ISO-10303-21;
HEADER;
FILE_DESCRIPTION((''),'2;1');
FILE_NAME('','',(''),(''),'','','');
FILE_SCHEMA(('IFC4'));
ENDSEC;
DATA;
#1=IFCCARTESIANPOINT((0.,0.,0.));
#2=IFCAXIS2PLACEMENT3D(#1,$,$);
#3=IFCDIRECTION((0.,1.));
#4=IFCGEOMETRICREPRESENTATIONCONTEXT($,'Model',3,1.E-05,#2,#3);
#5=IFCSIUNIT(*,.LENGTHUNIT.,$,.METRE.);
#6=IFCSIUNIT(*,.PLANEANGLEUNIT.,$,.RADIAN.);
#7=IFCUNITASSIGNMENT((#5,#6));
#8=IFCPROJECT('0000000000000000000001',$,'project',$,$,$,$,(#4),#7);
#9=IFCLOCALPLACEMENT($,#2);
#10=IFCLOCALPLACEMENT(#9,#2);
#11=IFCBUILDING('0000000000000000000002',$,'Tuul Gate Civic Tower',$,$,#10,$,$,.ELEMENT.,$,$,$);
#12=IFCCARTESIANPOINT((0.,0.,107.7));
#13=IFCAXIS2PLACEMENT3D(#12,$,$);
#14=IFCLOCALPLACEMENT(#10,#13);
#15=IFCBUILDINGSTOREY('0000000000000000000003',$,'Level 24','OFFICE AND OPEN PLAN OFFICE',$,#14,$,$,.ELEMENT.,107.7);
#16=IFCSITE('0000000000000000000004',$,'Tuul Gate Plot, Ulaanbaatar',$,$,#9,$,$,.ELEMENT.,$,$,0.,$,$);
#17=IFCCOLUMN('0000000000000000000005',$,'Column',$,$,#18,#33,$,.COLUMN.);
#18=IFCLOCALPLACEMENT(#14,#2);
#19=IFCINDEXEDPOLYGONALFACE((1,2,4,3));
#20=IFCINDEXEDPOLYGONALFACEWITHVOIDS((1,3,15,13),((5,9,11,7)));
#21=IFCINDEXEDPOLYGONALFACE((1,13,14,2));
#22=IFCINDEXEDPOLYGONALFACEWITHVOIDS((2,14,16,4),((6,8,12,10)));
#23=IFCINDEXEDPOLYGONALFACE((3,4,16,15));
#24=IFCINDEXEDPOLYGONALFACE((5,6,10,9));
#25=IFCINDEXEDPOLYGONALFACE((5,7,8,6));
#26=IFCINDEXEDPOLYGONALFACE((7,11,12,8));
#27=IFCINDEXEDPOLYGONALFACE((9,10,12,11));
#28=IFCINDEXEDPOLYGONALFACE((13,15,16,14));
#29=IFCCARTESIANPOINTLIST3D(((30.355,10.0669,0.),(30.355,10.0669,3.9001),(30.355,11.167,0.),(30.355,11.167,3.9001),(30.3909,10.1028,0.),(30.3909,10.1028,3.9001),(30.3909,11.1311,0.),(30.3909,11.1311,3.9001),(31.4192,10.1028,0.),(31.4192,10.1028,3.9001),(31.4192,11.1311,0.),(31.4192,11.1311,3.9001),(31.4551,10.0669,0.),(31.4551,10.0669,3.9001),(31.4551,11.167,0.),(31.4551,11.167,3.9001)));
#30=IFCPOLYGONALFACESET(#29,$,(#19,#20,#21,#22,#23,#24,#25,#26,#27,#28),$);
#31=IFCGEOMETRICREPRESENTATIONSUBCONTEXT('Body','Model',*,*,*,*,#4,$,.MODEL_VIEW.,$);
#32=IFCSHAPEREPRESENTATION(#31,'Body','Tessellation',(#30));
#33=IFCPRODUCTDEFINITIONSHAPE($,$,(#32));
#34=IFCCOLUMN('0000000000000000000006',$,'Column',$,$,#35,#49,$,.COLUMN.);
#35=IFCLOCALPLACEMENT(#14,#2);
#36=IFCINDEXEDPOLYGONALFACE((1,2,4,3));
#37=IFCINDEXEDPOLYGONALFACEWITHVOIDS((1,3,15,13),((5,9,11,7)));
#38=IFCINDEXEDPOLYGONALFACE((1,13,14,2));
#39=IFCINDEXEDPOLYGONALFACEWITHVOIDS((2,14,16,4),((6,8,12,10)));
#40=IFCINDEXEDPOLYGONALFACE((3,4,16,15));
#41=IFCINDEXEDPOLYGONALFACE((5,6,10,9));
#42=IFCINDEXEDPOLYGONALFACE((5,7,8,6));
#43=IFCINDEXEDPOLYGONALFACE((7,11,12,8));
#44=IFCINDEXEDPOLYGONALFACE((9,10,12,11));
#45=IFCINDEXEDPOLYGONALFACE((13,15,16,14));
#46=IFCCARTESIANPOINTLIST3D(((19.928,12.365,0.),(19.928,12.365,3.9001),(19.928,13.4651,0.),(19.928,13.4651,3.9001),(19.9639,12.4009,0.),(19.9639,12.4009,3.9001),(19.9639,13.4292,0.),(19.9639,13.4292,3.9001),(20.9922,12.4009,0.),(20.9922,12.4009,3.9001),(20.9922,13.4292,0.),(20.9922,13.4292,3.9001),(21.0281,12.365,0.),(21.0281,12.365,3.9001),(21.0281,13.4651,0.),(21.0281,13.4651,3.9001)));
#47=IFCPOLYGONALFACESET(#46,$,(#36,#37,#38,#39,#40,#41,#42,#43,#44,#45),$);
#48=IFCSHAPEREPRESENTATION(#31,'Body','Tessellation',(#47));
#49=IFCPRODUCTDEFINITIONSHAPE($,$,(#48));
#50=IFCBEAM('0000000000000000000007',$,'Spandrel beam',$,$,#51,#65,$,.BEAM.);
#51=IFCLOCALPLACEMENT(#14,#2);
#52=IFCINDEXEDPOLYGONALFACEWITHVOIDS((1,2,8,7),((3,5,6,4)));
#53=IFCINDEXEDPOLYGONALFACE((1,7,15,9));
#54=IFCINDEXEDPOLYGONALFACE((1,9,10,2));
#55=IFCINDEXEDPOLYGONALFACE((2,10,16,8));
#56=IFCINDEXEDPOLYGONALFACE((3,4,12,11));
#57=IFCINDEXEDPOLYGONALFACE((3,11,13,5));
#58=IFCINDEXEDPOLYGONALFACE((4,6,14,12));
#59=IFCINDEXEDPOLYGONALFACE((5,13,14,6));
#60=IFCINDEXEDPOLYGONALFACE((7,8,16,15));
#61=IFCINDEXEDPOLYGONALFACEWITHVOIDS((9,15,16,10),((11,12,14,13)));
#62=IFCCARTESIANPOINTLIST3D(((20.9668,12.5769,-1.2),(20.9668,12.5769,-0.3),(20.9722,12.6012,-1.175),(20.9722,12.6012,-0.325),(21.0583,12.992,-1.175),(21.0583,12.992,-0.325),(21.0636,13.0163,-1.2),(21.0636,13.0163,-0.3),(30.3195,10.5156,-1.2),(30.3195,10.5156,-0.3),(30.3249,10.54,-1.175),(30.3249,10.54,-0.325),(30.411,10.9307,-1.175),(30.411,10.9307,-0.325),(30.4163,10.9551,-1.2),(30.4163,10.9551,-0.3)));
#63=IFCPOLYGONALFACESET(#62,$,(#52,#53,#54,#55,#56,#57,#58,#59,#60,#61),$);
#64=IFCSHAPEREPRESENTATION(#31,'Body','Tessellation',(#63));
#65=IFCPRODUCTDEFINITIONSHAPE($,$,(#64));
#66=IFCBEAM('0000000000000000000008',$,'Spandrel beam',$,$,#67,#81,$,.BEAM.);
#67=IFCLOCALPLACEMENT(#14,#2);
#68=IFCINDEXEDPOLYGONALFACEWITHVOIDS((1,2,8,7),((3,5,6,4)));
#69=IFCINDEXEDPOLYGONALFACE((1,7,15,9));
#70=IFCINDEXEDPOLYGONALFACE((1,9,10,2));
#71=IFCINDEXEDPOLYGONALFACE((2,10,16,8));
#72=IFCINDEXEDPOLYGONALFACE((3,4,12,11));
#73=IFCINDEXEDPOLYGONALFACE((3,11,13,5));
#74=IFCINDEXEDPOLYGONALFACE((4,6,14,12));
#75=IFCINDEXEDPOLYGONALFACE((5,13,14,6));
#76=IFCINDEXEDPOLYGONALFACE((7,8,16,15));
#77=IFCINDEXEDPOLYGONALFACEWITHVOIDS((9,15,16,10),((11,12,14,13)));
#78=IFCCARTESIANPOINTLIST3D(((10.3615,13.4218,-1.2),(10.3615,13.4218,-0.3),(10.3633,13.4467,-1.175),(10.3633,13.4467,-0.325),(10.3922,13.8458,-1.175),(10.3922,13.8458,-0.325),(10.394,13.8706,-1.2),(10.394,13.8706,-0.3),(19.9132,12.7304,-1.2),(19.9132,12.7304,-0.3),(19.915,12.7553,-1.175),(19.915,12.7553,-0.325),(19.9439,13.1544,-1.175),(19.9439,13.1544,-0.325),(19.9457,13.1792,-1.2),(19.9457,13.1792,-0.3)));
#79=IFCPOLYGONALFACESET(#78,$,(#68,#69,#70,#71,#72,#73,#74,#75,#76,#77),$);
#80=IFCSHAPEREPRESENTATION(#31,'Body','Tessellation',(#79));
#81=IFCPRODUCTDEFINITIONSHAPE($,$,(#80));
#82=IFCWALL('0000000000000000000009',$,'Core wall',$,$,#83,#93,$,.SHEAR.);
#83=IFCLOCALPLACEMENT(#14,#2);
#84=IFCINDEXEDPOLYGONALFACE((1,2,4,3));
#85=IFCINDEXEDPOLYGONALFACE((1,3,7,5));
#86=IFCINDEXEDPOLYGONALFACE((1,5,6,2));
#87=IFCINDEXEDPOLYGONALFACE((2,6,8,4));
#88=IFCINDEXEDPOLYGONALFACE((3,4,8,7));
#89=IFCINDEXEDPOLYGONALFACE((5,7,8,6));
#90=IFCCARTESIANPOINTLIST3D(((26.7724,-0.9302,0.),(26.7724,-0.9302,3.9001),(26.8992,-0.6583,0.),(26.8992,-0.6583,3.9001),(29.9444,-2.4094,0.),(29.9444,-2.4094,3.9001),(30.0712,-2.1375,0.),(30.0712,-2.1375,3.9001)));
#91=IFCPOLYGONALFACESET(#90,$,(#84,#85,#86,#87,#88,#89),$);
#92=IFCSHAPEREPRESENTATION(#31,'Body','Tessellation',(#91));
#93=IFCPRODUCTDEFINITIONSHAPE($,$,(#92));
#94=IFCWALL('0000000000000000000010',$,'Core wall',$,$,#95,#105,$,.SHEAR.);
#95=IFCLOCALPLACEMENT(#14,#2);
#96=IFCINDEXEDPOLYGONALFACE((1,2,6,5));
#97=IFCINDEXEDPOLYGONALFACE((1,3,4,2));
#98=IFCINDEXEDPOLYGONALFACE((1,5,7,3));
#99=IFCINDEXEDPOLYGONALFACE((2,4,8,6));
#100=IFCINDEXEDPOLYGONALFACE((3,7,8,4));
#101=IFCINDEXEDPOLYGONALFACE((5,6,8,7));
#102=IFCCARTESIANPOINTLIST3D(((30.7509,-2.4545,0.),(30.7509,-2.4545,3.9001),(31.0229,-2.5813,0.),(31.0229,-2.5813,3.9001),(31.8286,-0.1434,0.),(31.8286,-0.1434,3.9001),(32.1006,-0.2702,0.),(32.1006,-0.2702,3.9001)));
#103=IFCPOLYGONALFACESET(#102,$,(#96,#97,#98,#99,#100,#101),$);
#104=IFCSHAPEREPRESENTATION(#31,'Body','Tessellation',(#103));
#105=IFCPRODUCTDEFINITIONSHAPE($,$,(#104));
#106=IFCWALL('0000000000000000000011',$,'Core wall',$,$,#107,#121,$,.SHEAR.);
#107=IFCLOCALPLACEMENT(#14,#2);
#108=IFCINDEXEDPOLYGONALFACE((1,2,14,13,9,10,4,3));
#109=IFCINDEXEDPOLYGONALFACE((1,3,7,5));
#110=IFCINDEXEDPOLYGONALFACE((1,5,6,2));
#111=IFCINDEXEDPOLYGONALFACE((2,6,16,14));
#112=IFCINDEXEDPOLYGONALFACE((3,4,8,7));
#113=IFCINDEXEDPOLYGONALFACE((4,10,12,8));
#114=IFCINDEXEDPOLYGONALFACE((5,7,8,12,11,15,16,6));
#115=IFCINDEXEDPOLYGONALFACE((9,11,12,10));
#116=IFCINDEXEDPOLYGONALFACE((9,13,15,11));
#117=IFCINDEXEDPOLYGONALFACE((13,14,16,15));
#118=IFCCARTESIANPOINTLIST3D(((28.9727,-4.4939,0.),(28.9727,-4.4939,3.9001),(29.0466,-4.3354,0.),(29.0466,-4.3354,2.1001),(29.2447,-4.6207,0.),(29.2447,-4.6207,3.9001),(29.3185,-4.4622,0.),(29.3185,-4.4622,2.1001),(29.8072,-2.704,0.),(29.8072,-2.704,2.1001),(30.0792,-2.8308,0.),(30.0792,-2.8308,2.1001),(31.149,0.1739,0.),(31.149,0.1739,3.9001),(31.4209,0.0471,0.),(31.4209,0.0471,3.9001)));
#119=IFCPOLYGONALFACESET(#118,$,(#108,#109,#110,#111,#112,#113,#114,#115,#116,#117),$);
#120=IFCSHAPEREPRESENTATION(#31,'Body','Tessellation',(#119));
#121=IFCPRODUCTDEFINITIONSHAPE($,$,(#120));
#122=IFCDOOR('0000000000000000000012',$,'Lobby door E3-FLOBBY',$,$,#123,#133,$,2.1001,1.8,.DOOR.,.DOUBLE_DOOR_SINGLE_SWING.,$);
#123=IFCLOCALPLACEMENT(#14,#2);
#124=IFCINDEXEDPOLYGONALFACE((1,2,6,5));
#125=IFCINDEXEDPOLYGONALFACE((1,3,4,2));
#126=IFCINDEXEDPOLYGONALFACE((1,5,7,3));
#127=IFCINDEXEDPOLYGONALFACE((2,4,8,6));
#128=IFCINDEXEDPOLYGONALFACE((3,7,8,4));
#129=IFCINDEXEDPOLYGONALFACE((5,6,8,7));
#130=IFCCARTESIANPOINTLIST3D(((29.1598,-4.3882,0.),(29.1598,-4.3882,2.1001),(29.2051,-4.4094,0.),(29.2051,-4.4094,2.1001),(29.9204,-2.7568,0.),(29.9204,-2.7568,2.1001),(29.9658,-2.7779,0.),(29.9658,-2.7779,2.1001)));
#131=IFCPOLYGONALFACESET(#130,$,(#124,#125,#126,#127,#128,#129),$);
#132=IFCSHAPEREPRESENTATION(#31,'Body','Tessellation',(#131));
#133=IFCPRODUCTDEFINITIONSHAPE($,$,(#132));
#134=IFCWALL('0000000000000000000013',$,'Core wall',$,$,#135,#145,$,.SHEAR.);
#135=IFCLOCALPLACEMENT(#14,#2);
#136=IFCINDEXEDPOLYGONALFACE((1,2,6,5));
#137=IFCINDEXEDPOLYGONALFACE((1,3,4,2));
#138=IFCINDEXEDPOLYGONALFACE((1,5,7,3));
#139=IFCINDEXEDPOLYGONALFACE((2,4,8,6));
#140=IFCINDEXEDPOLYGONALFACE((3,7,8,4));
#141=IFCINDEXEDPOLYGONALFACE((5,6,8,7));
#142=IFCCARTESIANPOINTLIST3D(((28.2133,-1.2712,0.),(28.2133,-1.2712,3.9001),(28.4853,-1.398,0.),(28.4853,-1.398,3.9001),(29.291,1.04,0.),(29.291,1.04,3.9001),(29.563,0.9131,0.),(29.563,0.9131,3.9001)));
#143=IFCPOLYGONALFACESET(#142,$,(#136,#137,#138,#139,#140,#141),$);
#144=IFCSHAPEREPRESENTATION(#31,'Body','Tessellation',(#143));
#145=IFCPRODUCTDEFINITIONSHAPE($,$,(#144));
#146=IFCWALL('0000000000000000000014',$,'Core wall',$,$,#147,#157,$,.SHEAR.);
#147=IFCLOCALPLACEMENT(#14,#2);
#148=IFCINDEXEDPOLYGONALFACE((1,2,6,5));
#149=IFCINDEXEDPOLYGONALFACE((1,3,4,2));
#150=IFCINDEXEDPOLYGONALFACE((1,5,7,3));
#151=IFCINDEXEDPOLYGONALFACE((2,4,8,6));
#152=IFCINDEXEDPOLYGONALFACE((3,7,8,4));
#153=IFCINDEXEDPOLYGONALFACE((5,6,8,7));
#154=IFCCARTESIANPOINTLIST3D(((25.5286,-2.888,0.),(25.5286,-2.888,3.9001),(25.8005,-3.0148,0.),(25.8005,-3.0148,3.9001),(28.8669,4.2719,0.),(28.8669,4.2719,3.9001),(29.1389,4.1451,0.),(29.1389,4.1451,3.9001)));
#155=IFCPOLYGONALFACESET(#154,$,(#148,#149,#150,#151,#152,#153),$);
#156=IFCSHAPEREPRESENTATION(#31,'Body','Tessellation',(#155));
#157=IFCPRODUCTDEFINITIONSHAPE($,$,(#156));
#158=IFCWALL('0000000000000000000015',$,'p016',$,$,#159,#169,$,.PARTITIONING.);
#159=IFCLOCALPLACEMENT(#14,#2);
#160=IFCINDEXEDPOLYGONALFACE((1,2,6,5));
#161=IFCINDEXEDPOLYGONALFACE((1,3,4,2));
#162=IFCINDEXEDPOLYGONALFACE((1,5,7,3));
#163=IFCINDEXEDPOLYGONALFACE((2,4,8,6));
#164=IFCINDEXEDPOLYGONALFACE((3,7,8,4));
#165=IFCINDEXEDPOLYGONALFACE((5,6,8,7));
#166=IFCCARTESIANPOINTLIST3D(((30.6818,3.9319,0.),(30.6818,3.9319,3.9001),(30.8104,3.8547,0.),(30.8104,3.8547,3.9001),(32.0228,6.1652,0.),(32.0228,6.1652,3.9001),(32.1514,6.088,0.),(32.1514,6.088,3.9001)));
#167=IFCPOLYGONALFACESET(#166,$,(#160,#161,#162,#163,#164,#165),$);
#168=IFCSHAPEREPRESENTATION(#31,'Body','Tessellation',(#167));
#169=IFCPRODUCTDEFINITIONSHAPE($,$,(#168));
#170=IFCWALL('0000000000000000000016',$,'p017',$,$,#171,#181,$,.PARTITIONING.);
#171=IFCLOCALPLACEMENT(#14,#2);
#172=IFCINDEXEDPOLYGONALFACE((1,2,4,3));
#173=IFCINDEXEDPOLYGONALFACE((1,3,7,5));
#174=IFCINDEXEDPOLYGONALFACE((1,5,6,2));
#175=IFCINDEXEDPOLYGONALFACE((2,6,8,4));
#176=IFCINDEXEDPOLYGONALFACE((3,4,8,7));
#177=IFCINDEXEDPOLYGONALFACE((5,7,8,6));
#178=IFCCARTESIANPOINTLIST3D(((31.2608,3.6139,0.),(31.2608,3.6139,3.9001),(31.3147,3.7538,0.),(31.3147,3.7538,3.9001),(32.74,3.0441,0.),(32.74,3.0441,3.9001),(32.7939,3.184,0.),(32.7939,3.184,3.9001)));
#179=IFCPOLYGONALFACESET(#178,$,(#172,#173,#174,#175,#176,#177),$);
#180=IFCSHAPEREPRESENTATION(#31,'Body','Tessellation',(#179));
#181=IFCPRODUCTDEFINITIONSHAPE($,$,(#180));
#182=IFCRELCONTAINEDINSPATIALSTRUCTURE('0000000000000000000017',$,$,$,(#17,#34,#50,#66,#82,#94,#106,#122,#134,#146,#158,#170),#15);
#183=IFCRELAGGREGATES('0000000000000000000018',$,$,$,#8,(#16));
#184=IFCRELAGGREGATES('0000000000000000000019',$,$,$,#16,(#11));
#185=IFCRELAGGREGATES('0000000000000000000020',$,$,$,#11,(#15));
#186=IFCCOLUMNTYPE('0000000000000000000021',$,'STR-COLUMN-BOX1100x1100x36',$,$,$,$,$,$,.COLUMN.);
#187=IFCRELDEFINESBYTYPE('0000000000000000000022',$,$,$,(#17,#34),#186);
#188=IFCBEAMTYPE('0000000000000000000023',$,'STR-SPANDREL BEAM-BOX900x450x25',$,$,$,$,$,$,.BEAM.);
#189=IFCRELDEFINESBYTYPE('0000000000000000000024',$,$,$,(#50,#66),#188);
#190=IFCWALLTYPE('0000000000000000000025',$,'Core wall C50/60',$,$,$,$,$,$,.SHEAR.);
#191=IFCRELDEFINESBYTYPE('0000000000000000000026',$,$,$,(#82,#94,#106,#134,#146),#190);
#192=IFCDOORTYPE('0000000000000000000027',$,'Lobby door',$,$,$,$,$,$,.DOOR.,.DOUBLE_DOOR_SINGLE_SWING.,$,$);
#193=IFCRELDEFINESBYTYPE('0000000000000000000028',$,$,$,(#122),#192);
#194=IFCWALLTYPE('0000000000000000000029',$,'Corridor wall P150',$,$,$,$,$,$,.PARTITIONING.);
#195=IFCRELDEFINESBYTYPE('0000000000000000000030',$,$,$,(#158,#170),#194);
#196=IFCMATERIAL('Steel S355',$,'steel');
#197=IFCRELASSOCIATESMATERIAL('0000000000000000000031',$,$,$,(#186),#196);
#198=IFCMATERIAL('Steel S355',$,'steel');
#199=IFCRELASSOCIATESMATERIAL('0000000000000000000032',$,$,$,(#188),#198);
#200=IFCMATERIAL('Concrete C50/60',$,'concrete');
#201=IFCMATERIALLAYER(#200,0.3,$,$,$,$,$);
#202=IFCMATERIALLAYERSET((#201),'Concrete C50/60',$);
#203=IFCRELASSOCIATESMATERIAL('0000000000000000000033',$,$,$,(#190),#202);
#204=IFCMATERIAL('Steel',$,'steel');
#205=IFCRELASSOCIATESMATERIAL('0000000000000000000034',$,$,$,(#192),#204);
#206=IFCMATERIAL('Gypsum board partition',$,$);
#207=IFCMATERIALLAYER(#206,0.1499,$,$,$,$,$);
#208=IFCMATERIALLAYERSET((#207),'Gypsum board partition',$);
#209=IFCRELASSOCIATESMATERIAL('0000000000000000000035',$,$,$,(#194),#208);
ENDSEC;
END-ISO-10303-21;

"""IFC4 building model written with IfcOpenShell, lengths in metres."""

from ifc_helpers import new_model, si_unit, direction, frame, frame_2d, origin, origin_2d, place, context, subcontext, project, spatial, rectangle, hollow_rectangle, extrude, material, layer, layer_set, material_profile, profile_set, type_object, element, fill, save


model = new_model("IFC4")

# Units and contexts
model_context = context("Model", 3, precision=1e-05, world=origin(), true_north=direction((0.0, 1.0)))
body_context = subcontext(model_context, "Body", "Model", "MODEL_VIEW")
ifc_project = project(units=[si_unit("LENGTHUNIT", "METRE"), si_unit("PLANEANGLEUNIT", "RADIAN")], contexts=[model_context])

# Site, building, storey
site_placement = place(None, origin())
site = spatial("IfcSite", under=ifc_project, at=site_placement, Name="Tuul Gate Plot, Ulaanbaatar", CompositionType="ELEMENT", RefElevation=0.0)
building_placement = place(site_placement, origin())
building = spatial("IfcBuilding", under=site, at=building_placement, Name="Tuul Gate Civic Tower", CompositionType="ELEMENT")
storey_placement = place(building_placement, frame((0.0, 0.0, 107.7)))
storey = spatial("IfcBuildingStorey", under=building, at=storey_placement, Name="Level 24", Description="OFFICE AND OPEN PLAN OFFICE", CompositionType="ELEMENT", Elevation=107.7)

# Columns
ifc_material_1 = material(Name="Steel S355", Category="steel")
ifc_material_profile_1 = material_profile(ifc_material_1, hollow_rectangle(XDim=1.1001, YDim=1.1001, WallThickness=0.0359, at=origin_2d()), Name="BOX1100x1100x36")
ifc_profile_set_1 = profile_set([ifc_material_profile_1], Name="Steel S355")
column_type = type_object("IfcColumnType", Name="STR-COLUMN-BOX1100x1100x36", PredefinedType="COLUMN", material=ifc_profile_set_1)
for number, where, z_axis, x_axis, name in (
    (1, (30.905, 10.6169, 0.0), (0.0, 0.0, 1.0), (1.0, 0.0, 0.0), "Column"),
    (2, (20.478, 12.915, 0.0), (0.0, 0.0, 1.0), (1.0, 0.0, 0.0), "Column"),
):
    element("IfcColumn", number, at=place(storey_placement, frame(where, z_axis=z_axis, x_axis=x_axis)), inside=storey, type_object=column_type, Name=name, PredefinedType="COLUMN", context=body_context, shape_type="SweptSolid", body=[
        extrude(hollow_rectangle(XDim=1.1001, YDim=1.1001, WallThickness=0.0359, at=origin_2d()), origin(), (0.0, 0.0, 1.0), 3.9001),
    ])

# Beams
ifc_material_2 = material(Name="Steel S355", Category="steel")
ifc_material_profile_2 = material_profile(ifc_material_2, hollow_rectangle(XDim=0.45, YDim=0.8999, WallThickness=0.0249, at=origin_2d()), Name="BOX900x450x25")
ifc_profile_set_2 = profile_set([ifc_material_profile_2], Name="Steel S355")
beam_type = type_object("IfcBeamType", Name="STR-SPANDREL BEAM-BOX900x450x25", PredefinedType="BEAM", material=ifc_profile_set_2)
beam_1_placement = place(storey_placement, frame((30.3679, 10.7354, -0.75), z_axis=(-0.976564, 0.215227, 0.0), x_axis=(-0.215227, -0.976564, 0.0)))
element("IfcBeam", 3, at=beam_1_placement, inside=storey, type_object=beam_type, Name="Spandrel beam", PredefinedType="BEAM", context=body_context, shape_type="SweptSolid", body=[
    extrude(hollow_rectangle(XDim=0.45, YDim=0.8999, WallThickness=0.0249, at=origin_2d()), origin(), (0.0, 0.0, 1.0), 9.5771),
])
beam_2_placement = place(storey_placement, frame((19.9294, 12.9548, -0.75), z_axis=(-0.99739, 0.072196, 0.0), x_axis=(-0.072196, -0.99739, 0.0)))
element("IfcBeam", 4, at=beam_2_placement, inside=storey, type_object=beam_type, Name="Spandrel beam", PredefinedType="BEAM", context=body_context, shape_type="SweptSolid", body=[
    extrude(hollow_rectangle(XDim=0.45, YDim=0.8999, WallThickness=0.0249, at=origin_2d()), origin(), (0.0, 0.0, 1.0), 9.5767),
])

# Walls
ifc_material_3 = material(Name="Concrete C50/60", Category="concrete")
ifc_layer_1 = layer(ifc_material_3, 0.3)
ifc_layer_set_1 = layer_set([ifc_layer_1], Name="Concrete C50/60")
wall_type_1 = type_object("IfcWallType", Name="Core wall C50/60", PredefinedType="SHEAR", material=ifc_layer_set_1)
wall_1_placement = place(storey_placement, frame((30.0078, -2.2734, 0.0), z_axis=(0.0, 0.0, 1.0), x_axis=(-0.906301, 0.422633, 0.0)))
element("IfcWall", 5, at=wall_1_placement, inside=storey, type_object=wall_type_1, Name="Core wall", PredefinedType="SHEAR", context=body_context, shape_type="SweptSolid", body=[
    extrude(rectangle(XDim=3.5, YDim=0.3, at=frame_2d((1.75, 0.0))), origin(), (0.0, 0.0, 1.0), 3.9001),
])
wall_2_placement = place(storey_placement, frame((30.887, -2.5178, 0.0), z_axis=(0.0, 0.0, 1.0), x_axis=(0.422613, 0.90631, 0.0)))
element("IfcWall", 6, at=wall_2_placement, inside=storey, type_object=wall_type_1, Name="Core wall", PredefinedType="SHEAR", context=body_context, shape_type="SweptSolid", body=[
    extrude(rectangle(XDim=2.55, YDim=0.3, at=frame_2d((1.2749, 0.0))), origin(), (0.0, 0.0, 1.0), 3.9001),
])

# Wall, opening, door
wall_3_placement = place(storey_placement, frame((29.1086, -4.5574, 0.0), z_axis=(0.0, 0.0, 1.0), x_axis=(0.422566, 0.906332, 0.0)))
wall_3 = element("IfcWall", 7, at=wall_3_placement, inside=storey, type_object=wall_type_1, Name="Core wall", PredefinedType="SHEAR", context=body_context, shape_type="SweptSolid", body=[
    extrude(rectangle(XDim=5.1501, YDim=0.3, at=frame_2d((2.5752, 0.0))), origin(), (0.0, 0.0, 1.0), 3.9001),
])
opening_1_placement = place(wall_3_placement, frame((0.175, 0.0, 0.0)))
opening_1 = element("IfcOpeningElement", 8, at=opening_1_placement, cuts=wall_3, PredefinedType="OPENING", context=body_context, shape_type="SweptSolid", body=[
    extrude(rectangle(XDim=1.8, YDim=2.1001, at=frame_2d((0.8999, 1.05))), frame((0.0, 0.1602, 0.0), z_axis=(0.0, -1.0, 0.0), x_axis=(1.0, 0.0, 0.0)), (0.0, 0.0, 1.0), 0.3201),
])
ifc_material_4 = material(Name="Steel", Category="steel")
door_type_1 = type_object("IfcDoorType", Name="Lobby door", OperationType="DOUBLE_DOOR_SINGLE_SWING", PredefinedType="DOOR", material=ifc_material_4)
door_1_placement = place(opening_1_placement, frame((1.8, 0.0, 0.0), z_axis=(0.0, 0.0, 1.0), x_axis=(-1.0, 0.0, 0.0)))
door_1 = element("IfcDoor", 9, at=door_1_placement, inside=storey, type_object=door_type_1, Name="Lobby door E3-FLOBBY", OperationType="DOUBLE_DOOR_SINGLE_SWING", OverallHeight=2.1001, OverallWidth=1.8, PredefinedType="DOOR", context=body_context, shape_type="SweptSolid", body=[
    extrude(rectangle(XDim=1.8, YDim=2.1001, at=frame_2d((0.9001, 1.05))), frame((0.0, 0.0249, 0.0), z_axis=(0.0, -1.0, 0.0), x_axis=(1.0, 0.0, 0.0)), (0.0, 0.0, 1.0), 0.05),
])
fill(opening_1, door_1)

# Walls
wall_4_placement = place(storey_placement, frame((28.3494, -1.3345, 0.0), z_axis=(0.0, 0.0, 1.0), x_axis=(0.422613, 0.90631, 0.0)))
element("IfcWall", 10, at=wall_4_placement, inside=storey, type_object=wall_type_1, Name="Core wall", PredefinedType="SHEAR", context=body_context, shape_type="SweptSolid", body=[
    extrude(rectangle(XDim=2.55, YDim=0.3, at=frame_2d((1.2749, 0.0))), origin(), (0.0, 0.0, 1.0), 3.9001),
])
wall_5_placement = place(storey_placement, frame((25.6646, -2.9514, 0.0), z_axis=(0.0, 0.0, 1.0), x_axis=(0.422583, 0.906324, 0.0)))
element("IfcWall", 11, at=wall_5_placement, inside=storey, type_object=wall_type_1, Name="Core wall", PredefinedType="SHEAR", context=body_context, shape_type="SweptSolid", body=[
    extrude(rectangle(XDim=7.8999, YDim=0.3, at=frame_2d((3.95, 0.0))), origin(), (0.0, 0.0, 1.0), 3.9001),
])
ifc_material_5 = material(Name="Gypsum board partition")
ifc_layer_2 = layer(ifc_material_5, 0.1499)
ifc_layer_set_2 = layer_set([ifc_layer_2], Name="Gypsum board partition")
wall_type_2 = type_object("IfcWallType", Name="Corridor wall P150", PredefinedType="PARTITIONING", material=ifc_layer_set_2)
wall_6_placement = place(storey_placement, frame((30.7461, 3.8933, 0.0), z_axis=(0.0, 0.0, 1.0), x_axis=(0.514785, 0.857319, 0.0)))
element("IfcWall", 12, at=wall_6_placement, inside=storey, type_object=wall_type_2, Name="p016", PredefinedType="PARTITIONING", context=body_context, shape_type="SweptSolid", body=[
    extrude(rectangle(XDim=2.605, YDim=0.1499, at=frame_2d((1.3025, 0.0))), origin(), (0.0, 0.0, 1.0), 3.9001),
])
wall_7_placement = place(storey_placement, frame((31.2878, 3.6838, 0.0), z_axis=(0.0, 0.0, 1.0), x_axis=(0.933159, -0.359464, 0.0)))
element("IfcWall", 13, at=wall_7_placement, inside=storey, type_object=wall_type_2, Name="p017", PredefinedType="PARTITIONING", context=body_context, shape_type="SweptSolid", body=[
    extrude(rectangle(XDim=1.5852, YDim=0.1499, at=frame_2d((0.7925, 0.0))), origin(), (0.0, 0.0, 1.0), 3.9001),
])

save(model, "model.ifc")
